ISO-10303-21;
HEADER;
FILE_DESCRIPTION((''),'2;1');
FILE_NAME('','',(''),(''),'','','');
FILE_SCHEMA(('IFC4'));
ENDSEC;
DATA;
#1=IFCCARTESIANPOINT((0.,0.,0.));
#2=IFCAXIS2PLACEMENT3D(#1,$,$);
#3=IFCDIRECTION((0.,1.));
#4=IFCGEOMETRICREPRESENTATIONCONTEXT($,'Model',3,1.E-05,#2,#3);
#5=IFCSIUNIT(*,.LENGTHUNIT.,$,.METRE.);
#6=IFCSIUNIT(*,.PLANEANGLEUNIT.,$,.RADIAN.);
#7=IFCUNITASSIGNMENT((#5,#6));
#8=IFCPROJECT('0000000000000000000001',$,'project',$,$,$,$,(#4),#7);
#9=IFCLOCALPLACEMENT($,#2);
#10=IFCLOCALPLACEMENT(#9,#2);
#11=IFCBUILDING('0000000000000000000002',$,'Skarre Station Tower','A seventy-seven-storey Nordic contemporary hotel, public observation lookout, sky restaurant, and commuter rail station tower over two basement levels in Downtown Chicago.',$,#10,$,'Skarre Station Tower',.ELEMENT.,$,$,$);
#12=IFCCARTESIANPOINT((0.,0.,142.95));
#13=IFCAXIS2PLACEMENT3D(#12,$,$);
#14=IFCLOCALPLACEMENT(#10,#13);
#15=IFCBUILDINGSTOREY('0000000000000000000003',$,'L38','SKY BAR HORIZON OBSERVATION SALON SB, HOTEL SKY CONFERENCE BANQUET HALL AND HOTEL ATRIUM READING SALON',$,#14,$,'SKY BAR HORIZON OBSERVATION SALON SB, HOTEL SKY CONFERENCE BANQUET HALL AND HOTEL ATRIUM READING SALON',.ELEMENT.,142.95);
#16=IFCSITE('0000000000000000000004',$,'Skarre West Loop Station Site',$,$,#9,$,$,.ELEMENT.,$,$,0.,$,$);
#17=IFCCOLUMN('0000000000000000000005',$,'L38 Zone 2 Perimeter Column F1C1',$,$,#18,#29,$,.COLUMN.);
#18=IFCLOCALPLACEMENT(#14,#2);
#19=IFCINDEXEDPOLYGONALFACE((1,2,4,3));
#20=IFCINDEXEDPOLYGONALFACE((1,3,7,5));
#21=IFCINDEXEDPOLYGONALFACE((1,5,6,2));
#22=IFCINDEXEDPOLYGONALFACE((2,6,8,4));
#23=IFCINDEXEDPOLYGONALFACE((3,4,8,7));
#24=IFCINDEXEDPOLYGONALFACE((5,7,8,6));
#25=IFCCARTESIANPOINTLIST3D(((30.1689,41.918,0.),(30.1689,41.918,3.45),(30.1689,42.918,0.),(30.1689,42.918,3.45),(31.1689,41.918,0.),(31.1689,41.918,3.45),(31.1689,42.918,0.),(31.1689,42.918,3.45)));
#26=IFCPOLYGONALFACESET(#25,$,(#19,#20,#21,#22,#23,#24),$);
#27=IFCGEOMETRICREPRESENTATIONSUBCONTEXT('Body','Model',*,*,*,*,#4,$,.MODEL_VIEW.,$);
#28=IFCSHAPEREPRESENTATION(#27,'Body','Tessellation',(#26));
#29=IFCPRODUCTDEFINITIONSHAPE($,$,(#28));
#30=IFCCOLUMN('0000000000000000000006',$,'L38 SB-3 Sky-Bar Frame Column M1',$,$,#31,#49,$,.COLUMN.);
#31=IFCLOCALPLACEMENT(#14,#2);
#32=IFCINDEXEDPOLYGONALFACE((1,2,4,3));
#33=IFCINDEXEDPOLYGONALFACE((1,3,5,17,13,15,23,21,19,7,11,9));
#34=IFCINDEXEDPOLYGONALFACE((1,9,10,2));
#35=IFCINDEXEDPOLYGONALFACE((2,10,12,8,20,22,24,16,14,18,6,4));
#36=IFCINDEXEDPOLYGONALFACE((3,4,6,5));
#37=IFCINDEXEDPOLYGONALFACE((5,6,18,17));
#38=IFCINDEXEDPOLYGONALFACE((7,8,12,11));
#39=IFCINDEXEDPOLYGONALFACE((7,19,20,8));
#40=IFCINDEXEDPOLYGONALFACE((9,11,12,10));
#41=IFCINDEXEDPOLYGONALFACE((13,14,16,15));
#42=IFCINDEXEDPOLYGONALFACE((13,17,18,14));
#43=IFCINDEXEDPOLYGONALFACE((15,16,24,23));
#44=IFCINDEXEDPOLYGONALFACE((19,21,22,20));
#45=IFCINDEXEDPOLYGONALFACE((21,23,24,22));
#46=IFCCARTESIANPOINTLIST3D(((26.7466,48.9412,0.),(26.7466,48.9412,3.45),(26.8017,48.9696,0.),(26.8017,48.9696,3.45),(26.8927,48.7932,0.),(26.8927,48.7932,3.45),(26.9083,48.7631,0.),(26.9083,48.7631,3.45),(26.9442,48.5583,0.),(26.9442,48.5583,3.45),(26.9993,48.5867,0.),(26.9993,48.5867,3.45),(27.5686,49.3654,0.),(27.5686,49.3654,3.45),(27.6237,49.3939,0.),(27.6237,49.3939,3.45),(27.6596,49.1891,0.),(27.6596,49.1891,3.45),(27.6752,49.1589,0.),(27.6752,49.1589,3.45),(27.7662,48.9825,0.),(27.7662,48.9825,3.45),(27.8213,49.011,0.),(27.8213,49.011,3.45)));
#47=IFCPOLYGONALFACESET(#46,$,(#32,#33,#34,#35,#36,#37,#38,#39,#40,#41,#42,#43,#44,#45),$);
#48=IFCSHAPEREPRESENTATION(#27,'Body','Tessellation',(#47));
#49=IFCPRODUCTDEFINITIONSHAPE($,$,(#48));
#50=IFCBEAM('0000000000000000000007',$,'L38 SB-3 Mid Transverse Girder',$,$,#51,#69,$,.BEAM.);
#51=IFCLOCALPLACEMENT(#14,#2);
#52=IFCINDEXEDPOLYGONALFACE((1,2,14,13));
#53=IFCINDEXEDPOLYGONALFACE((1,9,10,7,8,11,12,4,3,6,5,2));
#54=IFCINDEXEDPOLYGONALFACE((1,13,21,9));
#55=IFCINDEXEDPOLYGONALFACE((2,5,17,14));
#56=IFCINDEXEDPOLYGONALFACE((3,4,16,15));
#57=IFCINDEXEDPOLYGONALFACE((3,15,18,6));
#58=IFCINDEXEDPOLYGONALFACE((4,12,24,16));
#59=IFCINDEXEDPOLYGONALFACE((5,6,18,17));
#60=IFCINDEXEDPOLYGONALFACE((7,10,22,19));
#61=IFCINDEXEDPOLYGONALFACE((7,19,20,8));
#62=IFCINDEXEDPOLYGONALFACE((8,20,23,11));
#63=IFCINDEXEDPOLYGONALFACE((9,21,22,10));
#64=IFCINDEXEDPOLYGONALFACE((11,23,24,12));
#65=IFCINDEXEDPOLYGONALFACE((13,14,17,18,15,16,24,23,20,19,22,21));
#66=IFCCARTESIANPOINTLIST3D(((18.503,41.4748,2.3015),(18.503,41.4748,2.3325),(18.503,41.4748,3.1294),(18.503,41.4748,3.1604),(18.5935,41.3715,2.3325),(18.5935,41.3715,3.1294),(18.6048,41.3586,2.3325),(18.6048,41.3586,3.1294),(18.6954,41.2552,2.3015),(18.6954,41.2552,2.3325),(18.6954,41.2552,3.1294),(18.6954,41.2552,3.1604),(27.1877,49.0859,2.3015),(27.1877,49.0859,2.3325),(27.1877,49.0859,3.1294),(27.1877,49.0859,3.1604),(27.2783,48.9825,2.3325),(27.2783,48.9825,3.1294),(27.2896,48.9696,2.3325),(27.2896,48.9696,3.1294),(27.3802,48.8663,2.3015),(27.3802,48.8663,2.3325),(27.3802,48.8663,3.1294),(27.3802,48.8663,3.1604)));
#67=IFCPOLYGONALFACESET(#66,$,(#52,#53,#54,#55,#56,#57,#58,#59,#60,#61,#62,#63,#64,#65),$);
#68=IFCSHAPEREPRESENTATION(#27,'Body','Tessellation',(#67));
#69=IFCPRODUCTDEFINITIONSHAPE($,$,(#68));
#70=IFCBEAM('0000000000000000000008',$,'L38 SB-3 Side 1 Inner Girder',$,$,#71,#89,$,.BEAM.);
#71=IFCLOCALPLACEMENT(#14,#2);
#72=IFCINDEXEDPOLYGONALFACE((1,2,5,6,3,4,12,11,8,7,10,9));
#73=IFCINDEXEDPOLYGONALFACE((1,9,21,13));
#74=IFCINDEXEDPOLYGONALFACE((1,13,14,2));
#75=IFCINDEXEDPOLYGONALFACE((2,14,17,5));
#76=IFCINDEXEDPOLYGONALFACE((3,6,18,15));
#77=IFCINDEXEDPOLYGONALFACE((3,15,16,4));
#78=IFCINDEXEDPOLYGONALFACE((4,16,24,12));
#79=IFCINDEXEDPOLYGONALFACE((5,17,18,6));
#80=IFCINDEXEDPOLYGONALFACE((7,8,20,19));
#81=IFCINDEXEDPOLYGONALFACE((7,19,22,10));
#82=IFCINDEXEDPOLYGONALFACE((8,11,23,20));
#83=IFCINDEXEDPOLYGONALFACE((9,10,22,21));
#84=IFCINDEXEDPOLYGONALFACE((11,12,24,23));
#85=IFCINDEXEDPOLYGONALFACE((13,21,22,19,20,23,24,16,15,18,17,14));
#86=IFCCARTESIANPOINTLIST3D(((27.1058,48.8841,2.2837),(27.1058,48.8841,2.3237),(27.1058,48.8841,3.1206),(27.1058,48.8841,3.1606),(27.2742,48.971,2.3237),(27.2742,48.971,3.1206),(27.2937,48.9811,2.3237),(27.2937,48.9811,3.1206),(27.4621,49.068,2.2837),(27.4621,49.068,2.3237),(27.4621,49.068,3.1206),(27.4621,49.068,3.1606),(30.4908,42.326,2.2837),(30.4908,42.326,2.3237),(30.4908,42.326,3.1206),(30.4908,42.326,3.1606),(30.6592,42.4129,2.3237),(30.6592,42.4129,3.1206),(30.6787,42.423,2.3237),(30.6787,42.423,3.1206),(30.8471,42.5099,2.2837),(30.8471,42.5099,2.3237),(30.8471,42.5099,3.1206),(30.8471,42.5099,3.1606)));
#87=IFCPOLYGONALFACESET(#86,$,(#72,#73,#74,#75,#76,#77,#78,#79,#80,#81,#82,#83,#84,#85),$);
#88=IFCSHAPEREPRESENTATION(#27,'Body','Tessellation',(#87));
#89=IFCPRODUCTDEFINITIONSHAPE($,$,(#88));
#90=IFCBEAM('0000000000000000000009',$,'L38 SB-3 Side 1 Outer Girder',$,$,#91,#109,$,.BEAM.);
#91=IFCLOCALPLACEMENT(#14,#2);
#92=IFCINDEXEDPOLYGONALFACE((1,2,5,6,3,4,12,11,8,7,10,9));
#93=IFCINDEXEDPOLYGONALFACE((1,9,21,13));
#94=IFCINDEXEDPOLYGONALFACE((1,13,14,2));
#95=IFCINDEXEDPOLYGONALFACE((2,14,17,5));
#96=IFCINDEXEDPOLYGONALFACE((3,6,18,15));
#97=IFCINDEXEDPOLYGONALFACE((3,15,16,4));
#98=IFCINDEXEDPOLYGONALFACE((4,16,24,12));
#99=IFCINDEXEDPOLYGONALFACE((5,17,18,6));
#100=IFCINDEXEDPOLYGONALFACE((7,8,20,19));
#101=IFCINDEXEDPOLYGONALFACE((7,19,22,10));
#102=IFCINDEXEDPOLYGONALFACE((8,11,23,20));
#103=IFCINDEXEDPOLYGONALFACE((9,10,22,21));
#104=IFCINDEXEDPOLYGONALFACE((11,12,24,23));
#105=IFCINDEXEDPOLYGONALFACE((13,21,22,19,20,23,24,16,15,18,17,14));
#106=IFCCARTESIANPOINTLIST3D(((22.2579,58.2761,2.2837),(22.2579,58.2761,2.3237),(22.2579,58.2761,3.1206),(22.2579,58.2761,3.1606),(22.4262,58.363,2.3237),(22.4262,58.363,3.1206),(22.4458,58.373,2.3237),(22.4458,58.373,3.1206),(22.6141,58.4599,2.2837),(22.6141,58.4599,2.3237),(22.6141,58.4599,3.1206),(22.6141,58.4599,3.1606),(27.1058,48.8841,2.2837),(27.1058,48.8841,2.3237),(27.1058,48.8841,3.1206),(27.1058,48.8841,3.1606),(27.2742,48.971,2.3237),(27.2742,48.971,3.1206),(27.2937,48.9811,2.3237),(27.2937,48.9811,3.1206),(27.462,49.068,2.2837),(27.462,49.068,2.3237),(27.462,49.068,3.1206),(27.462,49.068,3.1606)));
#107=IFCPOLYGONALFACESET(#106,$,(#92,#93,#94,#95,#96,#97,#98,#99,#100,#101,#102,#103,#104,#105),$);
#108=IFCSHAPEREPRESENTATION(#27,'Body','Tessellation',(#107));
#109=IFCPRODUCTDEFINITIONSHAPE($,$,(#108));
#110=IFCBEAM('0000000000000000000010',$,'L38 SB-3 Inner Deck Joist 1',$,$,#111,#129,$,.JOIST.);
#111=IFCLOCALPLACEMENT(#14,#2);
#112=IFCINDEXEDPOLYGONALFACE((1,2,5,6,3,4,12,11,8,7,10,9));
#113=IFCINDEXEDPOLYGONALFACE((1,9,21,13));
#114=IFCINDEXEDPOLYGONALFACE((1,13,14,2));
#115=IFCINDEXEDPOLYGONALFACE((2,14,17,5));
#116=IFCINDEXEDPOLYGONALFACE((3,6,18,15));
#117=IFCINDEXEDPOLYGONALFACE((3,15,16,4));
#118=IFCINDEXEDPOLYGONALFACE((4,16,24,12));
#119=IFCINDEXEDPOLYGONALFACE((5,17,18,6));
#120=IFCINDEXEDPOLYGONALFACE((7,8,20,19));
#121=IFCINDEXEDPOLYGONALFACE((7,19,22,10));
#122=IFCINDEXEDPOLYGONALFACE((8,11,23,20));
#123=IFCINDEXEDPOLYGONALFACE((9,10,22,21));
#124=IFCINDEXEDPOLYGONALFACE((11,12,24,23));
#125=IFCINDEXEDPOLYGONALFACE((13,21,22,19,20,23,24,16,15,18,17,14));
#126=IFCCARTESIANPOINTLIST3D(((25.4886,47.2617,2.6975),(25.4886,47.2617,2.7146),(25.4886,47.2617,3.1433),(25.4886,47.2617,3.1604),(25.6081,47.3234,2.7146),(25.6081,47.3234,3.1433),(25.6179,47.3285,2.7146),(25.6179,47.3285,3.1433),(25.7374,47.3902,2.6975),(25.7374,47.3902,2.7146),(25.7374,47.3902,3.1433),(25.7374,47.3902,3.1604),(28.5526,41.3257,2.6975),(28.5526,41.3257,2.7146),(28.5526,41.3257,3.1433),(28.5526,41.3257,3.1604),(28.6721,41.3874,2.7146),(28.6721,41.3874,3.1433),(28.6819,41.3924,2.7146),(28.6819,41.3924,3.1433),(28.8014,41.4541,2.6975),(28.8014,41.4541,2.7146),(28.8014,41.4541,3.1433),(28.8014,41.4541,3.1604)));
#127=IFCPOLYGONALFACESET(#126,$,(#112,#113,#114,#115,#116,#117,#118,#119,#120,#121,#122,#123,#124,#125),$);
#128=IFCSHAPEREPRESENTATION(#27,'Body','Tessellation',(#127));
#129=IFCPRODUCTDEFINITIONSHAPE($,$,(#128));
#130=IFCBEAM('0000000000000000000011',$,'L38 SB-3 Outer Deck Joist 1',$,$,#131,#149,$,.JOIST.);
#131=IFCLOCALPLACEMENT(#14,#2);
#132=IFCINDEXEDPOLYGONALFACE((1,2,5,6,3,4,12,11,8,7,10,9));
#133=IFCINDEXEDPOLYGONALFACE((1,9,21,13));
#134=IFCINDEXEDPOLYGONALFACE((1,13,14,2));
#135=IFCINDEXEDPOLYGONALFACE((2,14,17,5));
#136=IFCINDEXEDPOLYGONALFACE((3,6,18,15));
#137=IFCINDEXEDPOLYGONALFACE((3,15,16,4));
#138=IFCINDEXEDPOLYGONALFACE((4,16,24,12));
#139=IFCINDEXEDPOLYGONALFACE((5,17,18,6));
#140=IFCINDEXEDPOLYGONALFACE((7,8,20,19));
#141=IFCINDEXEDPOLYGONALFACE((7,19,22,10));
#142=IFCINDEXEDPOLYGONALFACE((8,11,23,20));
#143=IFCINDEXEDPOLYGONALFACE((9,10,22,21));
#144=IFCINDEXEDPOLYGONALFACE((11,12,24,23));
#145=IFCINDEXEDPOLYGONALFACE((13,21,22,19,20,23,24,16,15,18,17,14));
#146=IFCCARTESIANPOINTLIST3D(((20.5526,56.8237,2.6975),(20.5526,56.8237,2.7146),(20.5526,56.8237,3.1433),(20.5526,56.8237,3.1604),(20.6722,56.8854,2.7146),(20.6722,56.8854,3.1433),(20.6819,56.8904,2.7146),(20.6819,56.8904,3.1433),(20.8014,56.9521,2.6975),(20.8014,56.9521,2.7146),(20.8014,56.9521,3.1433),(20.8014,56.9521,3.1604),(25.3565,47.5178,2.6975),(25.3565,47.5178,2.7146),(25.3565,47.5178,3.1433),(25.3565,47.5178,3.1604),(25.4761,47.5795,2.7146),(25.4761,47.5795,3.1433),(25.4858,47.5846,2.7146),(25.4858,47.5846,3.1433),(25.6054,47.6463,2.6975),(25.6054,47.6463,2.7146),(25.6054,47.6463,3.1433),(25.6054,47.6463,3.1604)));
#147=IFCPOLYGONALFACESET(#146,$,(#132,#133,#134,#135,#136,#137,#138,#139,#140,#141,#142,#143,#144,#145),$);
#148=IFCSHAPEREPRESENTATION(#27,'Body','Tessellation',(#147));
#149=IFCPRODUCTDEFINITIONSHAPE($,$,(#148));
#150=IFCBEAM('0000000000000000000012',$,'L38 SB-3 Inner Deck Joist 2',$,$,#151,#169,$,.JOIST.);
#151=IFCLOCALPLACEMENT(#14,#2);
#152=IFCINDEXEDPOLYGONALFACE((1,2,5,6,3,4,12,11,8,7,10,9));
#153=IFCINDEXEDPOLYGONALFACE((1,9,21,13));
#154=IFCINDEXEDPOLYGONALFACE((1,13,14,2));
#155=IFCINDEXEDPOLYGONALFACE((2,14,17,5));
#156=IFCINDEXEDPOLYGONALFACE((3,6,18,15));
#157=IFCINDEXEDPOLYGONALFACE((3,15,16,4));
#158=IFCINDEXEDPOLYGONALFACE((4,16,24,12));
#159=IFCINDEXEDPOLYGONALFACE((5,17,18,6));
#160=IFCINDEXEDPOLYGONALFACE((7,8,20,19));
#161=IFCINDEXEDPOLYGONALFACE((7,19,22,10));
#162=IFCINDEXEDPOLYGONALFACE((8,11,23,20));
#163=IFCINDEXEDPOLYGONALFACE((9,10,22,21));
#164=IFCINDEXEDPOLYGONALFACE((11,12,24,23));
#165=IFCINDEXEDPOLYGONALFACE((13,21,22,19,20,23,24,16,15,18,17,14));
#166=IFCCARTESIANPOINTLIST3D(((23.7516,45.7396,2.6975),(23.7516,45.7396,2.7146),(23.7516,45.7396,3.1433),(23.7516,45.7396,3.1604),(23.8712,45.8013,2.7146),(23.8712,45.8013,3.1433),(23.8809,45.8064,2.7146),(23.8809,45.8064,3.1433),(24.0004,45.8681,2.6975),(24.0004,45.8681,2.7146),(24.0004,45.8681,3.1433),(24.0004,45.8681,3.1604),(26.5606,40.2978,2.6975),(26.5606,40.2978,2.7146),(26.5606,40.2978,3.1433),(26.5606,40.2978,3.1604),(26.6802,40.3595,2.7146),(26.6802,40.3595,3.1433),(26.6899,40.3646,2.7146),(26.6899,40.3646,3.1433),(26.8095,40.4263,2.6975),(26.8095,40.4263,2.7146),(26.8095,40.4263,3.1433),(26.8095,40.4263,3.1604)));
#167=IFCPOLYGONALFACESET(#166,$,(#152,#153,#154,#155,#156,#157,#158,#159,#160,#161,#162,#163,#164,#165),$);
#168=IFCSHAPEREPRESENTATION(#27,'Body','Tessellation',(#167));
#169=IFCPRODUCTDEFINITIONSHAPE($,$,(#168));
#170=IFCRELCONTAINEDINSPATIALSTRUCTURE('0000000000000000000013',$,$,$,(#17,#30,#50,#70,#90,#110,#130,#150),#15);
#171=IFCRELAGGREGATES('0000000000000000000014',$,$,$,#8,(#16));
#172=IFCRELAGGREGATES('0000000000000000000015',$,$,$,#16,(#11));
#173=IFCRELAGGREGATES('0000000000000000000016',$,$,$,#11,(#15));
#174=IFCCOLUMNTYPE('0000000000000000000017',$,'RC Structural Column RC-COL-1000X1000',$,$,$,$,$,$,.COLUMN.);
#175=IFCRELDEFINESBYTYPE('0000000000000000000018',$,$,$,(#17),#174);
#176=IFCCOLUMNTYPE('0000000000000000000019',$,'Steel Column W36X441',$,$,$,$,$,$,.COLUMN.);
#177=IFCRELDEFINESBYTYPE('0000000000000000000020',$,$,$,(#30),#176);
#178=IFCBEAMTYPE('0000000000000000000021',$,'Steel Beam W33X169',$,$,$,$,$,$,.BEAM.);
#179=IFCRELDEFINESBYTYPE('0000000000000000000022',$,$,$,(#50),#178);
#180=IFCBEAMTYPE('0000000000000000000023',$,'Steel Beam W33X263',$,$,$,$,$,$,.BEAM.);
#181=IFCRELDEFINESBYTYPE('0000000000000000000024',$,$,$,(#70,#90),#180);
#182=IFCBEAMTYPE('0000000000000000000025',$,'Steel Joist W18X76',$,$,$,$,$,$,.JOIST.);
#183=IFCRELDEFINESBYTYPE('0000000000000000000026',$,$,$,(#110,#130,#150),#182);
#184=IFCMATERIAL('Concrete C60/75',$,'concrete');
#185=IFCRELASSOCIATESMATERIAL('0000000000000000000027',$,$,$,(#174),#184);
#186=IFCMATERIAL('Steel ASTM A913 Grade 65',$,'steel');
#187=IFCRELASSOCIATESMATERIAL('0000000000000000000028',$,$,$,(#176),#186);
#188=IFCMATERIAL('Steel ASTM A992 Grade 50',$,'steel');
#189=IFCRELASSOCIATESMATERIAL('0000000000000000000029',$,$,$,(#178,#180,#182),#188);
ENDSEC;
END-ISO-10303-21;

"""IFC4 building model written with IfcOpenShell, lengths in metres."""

from ifc_helpers import new_model, si_unit, direction, frame, origin, origin_2d, place, context, subcontext, project, spatial, rectangle, i_section, extrude, material, material_profile, profile_set, type_object, element, save


model = new_model("IFC4")

# Units and contexts
model_context = context("Model", 3, precision=1e-05, world=origin(), true_north=direction((0.0, 1.0)))
body_context = subcontext(model_context, "Body", "Model", "MODEL_VIEW")
ifc_project = project(units=[si_unit("LENGTHUNIT", "METRE"), si_unit("PLANEANGLEUNIT", "RADIAN")], contexts=[model_context])

# Site, building, storey
site_placement = place(None, origin())
site = spatial("IfcSite", under=ifc_project, at=site_placement, Name="Skarre West Loop Station Site", CompositionType="ELEMENT", RefElevation=0.0)
building_placement = place(site_placement, origin())
building = spatial("IfcBuilding", under=site, at=building_placement, Name="Skarre Station Tower", Description="A seventy-seven-storey Nordic contemporary hotel, public observation lookout, sky restaurant, and commuter rail station tower over two basement levels in Downtown Chicago.", LongName="Skarre Station Tower", CompositionType="ELEMENT")
storey_placement = place(building_placement, frame((0.0, 0.0, 142.95)))
storey = spatial("IfcBuildingStorey", under=building, at=storey_placement, Name="L38", Description="SKY BAR HORIZON OBSERVATION SALON SB, HOTEL SKY CONFERENCE BANQUET HALL AND HOTEL ATRIUM READING SALON", LongName="SKY BAR HORIZON OBSERVATION SALON SB, HOTEL SKY CONFERENCE BANQUET HALL AND HOTEL ATRIUM READING SALON", CompositionType="ELEMENT", Elevation=142.95)

# Columns
ifc_material_1 = material(Name="Concrete C60/75", Category="concrete")
ifc_material_profile_1 = material_profile(ifc_material_1, rectangle(XDim=1.0, YDim=1.0, at=origin_2d()), Name="Concrete C60/75")
ifc_profile_set_1 = profile_set([ifc_material_profile_1], Name="Concrete C60/75")
column_type_1 = type_object("IfcColumnType", Name="RC Structural Column RC-COL-1000X1000", PredefinedType="COLUMN", material=ifc_profile_set_1)
column_1_placement = place(storey_placement, frame((30.6689, 42.418, 0.0), z_axis=(0.0, 0.0, 1.0), x_axis=(1.0, 0.0, 0.0)))
element("IfcColumn", 1, at=column_1_placement, inside=storey, type_object=column_type_1, Name="L38 Zone 2 Perimeter Column F1C1", PredefinedType="COLUMN", context=body_context, shape_type="SweptSolid", body=[
    extrude(rectangle(XDim=1.0, YDim=1.0, at=origin_2d()), origin(), (0.0, 0.0, 1.0), 3.45),
])
ifc_material_2 = material(Name="Steel ASTM A913 Grade 65", Category="steel")
ifc_material_profile_2 = material_profile(ifc_material_2, i_section(OverallWidth=0.4309, OverallDepth=0.9871, WebThickness=0.0339, FlangeThickness=0.062, at=origin_2d()), Name="Steel ASTM A913 Grade 65")
ifc_profile_set_2 = profile_set([ifc_material_profile_2], Name="Steel ASTM A913 Grade 65")
column_type_2 = type_object("IfcColumnType", Name="Steel Column W36X441", PredefinedType="COLUMN", material=ifc_profile_set_2)
column_2_placement = place(storey_placement, frame((27.2839, 48.9761, 0.0), z_axis=(0.0, 0.0, 1.0), x_axis=(-0.45865, 0.888617, 0.0)))
element("IfcColumn", 2, at=column_2_placement, inside=storey, type_object=column_type_2, Name="L38 SB-3 Sky-Bar Frame Column M1", PredefinedType="COLUMN", context=body_context, shape_type="SweptSolid", body=[
    extrude(i_section(OverallWidth=0.4309, OverallDepth=0.9871, WebThickness=0.0339, FlangeThickness=0.062, at=origin_2d()), origin(), (0.0, 0.0, 1.0), 3.45),
])

# Beams
ifc_material_3 = material(Name="Steel ASTM A992 Grade 50", Category="steel")
ifc_material_profile_3 = material_profile(ifc_material_3, i_section(OverallWidth=0.292, OverallDepth=0.8589, WebThickness=0.0171, FlangeThickness=0.031, at=origin_2d()), Name="Steel ASTM A992 Grade 50")
ifc_profile_set_3 = profile_set([ifc_material_profile_3], Name="Steel ASTM A992 Grade 50")
beam_type_1 = type_object("IfcBeamType", Name="Steel Beam W33X169", PredefinedType="BEAM", material=ifc_profile_set_3)
beam_1_placement = place(storey_placement, frame((27.2839, 48.9761, 2.731), z_axis=(-0.752067, -0.659087, 0.0), x_axis=(0.659087, -0.752067, 0.0)))
element("IfcBeam", 3, at=beam_1_placement, inside=storey, type_object=beam_type_1, Name="L38 SB-3 Mid Transverse Girder", PredefinedType="BEAM", context=body_context, shape_type="SweptSolid", body=[
    extrude(i_section(OverallWidth=0.292, OverallDepth=0.8589, WebThickness=0.0171, FlangeThickness=0.031, at=origin_2d()), origin(), (0.0, 0.0, 1.0), 11.5479),
])
ifc_material_profile_4 = material_profile(ifc_material_3, i_section(OverallWidth=0.4009, OverallDepth=0.877, WebThickness=0.022, FlangeThickness=0.04, at=origin_2d()), Name="Steel ASTM A992 Grade 50")
ifc_profile_set_4 = profile_set([ifc_material_profile_4], Name="Steel ASTM A992 Grade 50")
beam_type_2 = type_object("IfcBeamType", Name="Steel Beam W33X263", PredefinedType="BEAM", material=ifc_profile_set_4)
beam_2_placement = place(storey_placement, frame((30.6689, 42.418, 2.7222), z_axis=(-0.458662, 0.888611, 0.0), x_axis=(-0.888611, -0.458662, 0.0)))
element("IfcBeam", 4, at=beam_2_placement, inside=storey, type_object=beam_type_2, Name="L38 SB-3 Side 1 Inner Girder", PredefinedType="BEAM", context=body_context, shape_type="SweptSolid", body=[
    extrude(i_section(OverallWidth=0.4009, OverallDepth=0.877, WebThickness=0.022, FlangeThickness=0.04, at=origin_2d()), origin(), (0.0, 0.0, 1.0), 7.3801),
])
beam_3_placement = place(storey_placement, frame((27.2839, 48.9761, 2.7222), z_axis=(-0.45868, 0.888602, 0.0), x_axis=(-0.888602, -0.45868, 0.0)))
element("IfcBeam", 5, at=beam_3_placement, inside=storey, type_object=beam_type_2, Name="L38 SB-3 Side 1 Outer Girder", PredefinedType="BEAM", context=body_context, shape_type="SweptSolid", body=[
    extrude(i_section(OverallWidth=0.4009, OverallDepth=0.877, WebThickness=0.022, FlangeThickness=0.04, at=origin_2d()), origin(), (0.0, 0.0, 1.0), 10.5693),
])
ifc_material_profile_5 = material_profile(ifc_material_3, i_section(OverallWidth=0.28, OverallDepth=0.4629, WebThickness=0.011, FlangeThickness=0.0171, at=origin_2d()), Name="Steel ASTM A992 Grade 50")
ifc_profile_set_5 = profile_set([ifc_material_profile_5], Name="Steel ASTM A992 Grade 50")
beam_type_3 = type_object("IfcBeamType", Name="Steel Joist W18X76", PredefinedType="JOIST", material=ifc_profile_set_5)
beam_4_placement = place(storey_placement, frame((28.677, 41.3899, 2.929), z_axis=(-0.458667, 0.888608, 0.0), x_axis=(-0.888608, -0.458667, 0.0)))
element("IfcBeam", 6, at=beam_4_placement, inside=storey, type_object=beam_type_3, Name="L38 SB-3 Inner Deck Joist 1", PredefinedType="JOIST", context=body_context, shape_type="SweptSolid", body=[
    extrude(i_section(OverallWidth=0.28, OverallDepth=0.4629, WebThickness=0.011, FlangeThickness=0.0171, at=origin_2d()), origin(), (0.0, 0.0, 1.0), 6.6802),
])
beam_5_placement = place(storey_placement, frame((25.481, 47.582, 2.929), z_axis=(-0.458711, 0.888585, 0.0), x_axis=(-0.888585, -0.458711, 0.0)))
element("IfcBeam", 7, at=beam_5_placement, inside=storey, type_object=beam_type_3, Name="L38 SB-3 Outer Deck Joist 1", PredefinedType="JOIST", context=body_context, shape_type="SweptSolid", body=[
    extrude(i_section(OverallWidth=0.28, OverallDepth=0.4629, WebThickness=0.011, FlangeThickness=0.0171, at=origin_2d()), origin(), (0.0, 0.0, 1.0), 10.4727),
])
beam_6_placement = place(storey_placement, frame((26.6851, 40.3621, 2.929), z_axis=(-0.45869, 0.888597, 0.0), x_axis=(-0.888597, -0.45869, 0.0)))
element("IfcBeam", 8, at=beam_6_placement, inside=storey, type_object=beam_type_3, Name="L38 SB-3 Inner Deck Joist 2", PredefinedType="JOIST", context=body_context, shape_type="SweptSolid", body=[
    extrude(i_section(OverallWidth=0.28, OverallDepth=0.4629, WebThickness=0.011, FlangeThickness=0.0171, at=origin_2d()), origin(), (0.0, 0.0, 1.0), 6.124),
])

save(model, "model.ifc")
